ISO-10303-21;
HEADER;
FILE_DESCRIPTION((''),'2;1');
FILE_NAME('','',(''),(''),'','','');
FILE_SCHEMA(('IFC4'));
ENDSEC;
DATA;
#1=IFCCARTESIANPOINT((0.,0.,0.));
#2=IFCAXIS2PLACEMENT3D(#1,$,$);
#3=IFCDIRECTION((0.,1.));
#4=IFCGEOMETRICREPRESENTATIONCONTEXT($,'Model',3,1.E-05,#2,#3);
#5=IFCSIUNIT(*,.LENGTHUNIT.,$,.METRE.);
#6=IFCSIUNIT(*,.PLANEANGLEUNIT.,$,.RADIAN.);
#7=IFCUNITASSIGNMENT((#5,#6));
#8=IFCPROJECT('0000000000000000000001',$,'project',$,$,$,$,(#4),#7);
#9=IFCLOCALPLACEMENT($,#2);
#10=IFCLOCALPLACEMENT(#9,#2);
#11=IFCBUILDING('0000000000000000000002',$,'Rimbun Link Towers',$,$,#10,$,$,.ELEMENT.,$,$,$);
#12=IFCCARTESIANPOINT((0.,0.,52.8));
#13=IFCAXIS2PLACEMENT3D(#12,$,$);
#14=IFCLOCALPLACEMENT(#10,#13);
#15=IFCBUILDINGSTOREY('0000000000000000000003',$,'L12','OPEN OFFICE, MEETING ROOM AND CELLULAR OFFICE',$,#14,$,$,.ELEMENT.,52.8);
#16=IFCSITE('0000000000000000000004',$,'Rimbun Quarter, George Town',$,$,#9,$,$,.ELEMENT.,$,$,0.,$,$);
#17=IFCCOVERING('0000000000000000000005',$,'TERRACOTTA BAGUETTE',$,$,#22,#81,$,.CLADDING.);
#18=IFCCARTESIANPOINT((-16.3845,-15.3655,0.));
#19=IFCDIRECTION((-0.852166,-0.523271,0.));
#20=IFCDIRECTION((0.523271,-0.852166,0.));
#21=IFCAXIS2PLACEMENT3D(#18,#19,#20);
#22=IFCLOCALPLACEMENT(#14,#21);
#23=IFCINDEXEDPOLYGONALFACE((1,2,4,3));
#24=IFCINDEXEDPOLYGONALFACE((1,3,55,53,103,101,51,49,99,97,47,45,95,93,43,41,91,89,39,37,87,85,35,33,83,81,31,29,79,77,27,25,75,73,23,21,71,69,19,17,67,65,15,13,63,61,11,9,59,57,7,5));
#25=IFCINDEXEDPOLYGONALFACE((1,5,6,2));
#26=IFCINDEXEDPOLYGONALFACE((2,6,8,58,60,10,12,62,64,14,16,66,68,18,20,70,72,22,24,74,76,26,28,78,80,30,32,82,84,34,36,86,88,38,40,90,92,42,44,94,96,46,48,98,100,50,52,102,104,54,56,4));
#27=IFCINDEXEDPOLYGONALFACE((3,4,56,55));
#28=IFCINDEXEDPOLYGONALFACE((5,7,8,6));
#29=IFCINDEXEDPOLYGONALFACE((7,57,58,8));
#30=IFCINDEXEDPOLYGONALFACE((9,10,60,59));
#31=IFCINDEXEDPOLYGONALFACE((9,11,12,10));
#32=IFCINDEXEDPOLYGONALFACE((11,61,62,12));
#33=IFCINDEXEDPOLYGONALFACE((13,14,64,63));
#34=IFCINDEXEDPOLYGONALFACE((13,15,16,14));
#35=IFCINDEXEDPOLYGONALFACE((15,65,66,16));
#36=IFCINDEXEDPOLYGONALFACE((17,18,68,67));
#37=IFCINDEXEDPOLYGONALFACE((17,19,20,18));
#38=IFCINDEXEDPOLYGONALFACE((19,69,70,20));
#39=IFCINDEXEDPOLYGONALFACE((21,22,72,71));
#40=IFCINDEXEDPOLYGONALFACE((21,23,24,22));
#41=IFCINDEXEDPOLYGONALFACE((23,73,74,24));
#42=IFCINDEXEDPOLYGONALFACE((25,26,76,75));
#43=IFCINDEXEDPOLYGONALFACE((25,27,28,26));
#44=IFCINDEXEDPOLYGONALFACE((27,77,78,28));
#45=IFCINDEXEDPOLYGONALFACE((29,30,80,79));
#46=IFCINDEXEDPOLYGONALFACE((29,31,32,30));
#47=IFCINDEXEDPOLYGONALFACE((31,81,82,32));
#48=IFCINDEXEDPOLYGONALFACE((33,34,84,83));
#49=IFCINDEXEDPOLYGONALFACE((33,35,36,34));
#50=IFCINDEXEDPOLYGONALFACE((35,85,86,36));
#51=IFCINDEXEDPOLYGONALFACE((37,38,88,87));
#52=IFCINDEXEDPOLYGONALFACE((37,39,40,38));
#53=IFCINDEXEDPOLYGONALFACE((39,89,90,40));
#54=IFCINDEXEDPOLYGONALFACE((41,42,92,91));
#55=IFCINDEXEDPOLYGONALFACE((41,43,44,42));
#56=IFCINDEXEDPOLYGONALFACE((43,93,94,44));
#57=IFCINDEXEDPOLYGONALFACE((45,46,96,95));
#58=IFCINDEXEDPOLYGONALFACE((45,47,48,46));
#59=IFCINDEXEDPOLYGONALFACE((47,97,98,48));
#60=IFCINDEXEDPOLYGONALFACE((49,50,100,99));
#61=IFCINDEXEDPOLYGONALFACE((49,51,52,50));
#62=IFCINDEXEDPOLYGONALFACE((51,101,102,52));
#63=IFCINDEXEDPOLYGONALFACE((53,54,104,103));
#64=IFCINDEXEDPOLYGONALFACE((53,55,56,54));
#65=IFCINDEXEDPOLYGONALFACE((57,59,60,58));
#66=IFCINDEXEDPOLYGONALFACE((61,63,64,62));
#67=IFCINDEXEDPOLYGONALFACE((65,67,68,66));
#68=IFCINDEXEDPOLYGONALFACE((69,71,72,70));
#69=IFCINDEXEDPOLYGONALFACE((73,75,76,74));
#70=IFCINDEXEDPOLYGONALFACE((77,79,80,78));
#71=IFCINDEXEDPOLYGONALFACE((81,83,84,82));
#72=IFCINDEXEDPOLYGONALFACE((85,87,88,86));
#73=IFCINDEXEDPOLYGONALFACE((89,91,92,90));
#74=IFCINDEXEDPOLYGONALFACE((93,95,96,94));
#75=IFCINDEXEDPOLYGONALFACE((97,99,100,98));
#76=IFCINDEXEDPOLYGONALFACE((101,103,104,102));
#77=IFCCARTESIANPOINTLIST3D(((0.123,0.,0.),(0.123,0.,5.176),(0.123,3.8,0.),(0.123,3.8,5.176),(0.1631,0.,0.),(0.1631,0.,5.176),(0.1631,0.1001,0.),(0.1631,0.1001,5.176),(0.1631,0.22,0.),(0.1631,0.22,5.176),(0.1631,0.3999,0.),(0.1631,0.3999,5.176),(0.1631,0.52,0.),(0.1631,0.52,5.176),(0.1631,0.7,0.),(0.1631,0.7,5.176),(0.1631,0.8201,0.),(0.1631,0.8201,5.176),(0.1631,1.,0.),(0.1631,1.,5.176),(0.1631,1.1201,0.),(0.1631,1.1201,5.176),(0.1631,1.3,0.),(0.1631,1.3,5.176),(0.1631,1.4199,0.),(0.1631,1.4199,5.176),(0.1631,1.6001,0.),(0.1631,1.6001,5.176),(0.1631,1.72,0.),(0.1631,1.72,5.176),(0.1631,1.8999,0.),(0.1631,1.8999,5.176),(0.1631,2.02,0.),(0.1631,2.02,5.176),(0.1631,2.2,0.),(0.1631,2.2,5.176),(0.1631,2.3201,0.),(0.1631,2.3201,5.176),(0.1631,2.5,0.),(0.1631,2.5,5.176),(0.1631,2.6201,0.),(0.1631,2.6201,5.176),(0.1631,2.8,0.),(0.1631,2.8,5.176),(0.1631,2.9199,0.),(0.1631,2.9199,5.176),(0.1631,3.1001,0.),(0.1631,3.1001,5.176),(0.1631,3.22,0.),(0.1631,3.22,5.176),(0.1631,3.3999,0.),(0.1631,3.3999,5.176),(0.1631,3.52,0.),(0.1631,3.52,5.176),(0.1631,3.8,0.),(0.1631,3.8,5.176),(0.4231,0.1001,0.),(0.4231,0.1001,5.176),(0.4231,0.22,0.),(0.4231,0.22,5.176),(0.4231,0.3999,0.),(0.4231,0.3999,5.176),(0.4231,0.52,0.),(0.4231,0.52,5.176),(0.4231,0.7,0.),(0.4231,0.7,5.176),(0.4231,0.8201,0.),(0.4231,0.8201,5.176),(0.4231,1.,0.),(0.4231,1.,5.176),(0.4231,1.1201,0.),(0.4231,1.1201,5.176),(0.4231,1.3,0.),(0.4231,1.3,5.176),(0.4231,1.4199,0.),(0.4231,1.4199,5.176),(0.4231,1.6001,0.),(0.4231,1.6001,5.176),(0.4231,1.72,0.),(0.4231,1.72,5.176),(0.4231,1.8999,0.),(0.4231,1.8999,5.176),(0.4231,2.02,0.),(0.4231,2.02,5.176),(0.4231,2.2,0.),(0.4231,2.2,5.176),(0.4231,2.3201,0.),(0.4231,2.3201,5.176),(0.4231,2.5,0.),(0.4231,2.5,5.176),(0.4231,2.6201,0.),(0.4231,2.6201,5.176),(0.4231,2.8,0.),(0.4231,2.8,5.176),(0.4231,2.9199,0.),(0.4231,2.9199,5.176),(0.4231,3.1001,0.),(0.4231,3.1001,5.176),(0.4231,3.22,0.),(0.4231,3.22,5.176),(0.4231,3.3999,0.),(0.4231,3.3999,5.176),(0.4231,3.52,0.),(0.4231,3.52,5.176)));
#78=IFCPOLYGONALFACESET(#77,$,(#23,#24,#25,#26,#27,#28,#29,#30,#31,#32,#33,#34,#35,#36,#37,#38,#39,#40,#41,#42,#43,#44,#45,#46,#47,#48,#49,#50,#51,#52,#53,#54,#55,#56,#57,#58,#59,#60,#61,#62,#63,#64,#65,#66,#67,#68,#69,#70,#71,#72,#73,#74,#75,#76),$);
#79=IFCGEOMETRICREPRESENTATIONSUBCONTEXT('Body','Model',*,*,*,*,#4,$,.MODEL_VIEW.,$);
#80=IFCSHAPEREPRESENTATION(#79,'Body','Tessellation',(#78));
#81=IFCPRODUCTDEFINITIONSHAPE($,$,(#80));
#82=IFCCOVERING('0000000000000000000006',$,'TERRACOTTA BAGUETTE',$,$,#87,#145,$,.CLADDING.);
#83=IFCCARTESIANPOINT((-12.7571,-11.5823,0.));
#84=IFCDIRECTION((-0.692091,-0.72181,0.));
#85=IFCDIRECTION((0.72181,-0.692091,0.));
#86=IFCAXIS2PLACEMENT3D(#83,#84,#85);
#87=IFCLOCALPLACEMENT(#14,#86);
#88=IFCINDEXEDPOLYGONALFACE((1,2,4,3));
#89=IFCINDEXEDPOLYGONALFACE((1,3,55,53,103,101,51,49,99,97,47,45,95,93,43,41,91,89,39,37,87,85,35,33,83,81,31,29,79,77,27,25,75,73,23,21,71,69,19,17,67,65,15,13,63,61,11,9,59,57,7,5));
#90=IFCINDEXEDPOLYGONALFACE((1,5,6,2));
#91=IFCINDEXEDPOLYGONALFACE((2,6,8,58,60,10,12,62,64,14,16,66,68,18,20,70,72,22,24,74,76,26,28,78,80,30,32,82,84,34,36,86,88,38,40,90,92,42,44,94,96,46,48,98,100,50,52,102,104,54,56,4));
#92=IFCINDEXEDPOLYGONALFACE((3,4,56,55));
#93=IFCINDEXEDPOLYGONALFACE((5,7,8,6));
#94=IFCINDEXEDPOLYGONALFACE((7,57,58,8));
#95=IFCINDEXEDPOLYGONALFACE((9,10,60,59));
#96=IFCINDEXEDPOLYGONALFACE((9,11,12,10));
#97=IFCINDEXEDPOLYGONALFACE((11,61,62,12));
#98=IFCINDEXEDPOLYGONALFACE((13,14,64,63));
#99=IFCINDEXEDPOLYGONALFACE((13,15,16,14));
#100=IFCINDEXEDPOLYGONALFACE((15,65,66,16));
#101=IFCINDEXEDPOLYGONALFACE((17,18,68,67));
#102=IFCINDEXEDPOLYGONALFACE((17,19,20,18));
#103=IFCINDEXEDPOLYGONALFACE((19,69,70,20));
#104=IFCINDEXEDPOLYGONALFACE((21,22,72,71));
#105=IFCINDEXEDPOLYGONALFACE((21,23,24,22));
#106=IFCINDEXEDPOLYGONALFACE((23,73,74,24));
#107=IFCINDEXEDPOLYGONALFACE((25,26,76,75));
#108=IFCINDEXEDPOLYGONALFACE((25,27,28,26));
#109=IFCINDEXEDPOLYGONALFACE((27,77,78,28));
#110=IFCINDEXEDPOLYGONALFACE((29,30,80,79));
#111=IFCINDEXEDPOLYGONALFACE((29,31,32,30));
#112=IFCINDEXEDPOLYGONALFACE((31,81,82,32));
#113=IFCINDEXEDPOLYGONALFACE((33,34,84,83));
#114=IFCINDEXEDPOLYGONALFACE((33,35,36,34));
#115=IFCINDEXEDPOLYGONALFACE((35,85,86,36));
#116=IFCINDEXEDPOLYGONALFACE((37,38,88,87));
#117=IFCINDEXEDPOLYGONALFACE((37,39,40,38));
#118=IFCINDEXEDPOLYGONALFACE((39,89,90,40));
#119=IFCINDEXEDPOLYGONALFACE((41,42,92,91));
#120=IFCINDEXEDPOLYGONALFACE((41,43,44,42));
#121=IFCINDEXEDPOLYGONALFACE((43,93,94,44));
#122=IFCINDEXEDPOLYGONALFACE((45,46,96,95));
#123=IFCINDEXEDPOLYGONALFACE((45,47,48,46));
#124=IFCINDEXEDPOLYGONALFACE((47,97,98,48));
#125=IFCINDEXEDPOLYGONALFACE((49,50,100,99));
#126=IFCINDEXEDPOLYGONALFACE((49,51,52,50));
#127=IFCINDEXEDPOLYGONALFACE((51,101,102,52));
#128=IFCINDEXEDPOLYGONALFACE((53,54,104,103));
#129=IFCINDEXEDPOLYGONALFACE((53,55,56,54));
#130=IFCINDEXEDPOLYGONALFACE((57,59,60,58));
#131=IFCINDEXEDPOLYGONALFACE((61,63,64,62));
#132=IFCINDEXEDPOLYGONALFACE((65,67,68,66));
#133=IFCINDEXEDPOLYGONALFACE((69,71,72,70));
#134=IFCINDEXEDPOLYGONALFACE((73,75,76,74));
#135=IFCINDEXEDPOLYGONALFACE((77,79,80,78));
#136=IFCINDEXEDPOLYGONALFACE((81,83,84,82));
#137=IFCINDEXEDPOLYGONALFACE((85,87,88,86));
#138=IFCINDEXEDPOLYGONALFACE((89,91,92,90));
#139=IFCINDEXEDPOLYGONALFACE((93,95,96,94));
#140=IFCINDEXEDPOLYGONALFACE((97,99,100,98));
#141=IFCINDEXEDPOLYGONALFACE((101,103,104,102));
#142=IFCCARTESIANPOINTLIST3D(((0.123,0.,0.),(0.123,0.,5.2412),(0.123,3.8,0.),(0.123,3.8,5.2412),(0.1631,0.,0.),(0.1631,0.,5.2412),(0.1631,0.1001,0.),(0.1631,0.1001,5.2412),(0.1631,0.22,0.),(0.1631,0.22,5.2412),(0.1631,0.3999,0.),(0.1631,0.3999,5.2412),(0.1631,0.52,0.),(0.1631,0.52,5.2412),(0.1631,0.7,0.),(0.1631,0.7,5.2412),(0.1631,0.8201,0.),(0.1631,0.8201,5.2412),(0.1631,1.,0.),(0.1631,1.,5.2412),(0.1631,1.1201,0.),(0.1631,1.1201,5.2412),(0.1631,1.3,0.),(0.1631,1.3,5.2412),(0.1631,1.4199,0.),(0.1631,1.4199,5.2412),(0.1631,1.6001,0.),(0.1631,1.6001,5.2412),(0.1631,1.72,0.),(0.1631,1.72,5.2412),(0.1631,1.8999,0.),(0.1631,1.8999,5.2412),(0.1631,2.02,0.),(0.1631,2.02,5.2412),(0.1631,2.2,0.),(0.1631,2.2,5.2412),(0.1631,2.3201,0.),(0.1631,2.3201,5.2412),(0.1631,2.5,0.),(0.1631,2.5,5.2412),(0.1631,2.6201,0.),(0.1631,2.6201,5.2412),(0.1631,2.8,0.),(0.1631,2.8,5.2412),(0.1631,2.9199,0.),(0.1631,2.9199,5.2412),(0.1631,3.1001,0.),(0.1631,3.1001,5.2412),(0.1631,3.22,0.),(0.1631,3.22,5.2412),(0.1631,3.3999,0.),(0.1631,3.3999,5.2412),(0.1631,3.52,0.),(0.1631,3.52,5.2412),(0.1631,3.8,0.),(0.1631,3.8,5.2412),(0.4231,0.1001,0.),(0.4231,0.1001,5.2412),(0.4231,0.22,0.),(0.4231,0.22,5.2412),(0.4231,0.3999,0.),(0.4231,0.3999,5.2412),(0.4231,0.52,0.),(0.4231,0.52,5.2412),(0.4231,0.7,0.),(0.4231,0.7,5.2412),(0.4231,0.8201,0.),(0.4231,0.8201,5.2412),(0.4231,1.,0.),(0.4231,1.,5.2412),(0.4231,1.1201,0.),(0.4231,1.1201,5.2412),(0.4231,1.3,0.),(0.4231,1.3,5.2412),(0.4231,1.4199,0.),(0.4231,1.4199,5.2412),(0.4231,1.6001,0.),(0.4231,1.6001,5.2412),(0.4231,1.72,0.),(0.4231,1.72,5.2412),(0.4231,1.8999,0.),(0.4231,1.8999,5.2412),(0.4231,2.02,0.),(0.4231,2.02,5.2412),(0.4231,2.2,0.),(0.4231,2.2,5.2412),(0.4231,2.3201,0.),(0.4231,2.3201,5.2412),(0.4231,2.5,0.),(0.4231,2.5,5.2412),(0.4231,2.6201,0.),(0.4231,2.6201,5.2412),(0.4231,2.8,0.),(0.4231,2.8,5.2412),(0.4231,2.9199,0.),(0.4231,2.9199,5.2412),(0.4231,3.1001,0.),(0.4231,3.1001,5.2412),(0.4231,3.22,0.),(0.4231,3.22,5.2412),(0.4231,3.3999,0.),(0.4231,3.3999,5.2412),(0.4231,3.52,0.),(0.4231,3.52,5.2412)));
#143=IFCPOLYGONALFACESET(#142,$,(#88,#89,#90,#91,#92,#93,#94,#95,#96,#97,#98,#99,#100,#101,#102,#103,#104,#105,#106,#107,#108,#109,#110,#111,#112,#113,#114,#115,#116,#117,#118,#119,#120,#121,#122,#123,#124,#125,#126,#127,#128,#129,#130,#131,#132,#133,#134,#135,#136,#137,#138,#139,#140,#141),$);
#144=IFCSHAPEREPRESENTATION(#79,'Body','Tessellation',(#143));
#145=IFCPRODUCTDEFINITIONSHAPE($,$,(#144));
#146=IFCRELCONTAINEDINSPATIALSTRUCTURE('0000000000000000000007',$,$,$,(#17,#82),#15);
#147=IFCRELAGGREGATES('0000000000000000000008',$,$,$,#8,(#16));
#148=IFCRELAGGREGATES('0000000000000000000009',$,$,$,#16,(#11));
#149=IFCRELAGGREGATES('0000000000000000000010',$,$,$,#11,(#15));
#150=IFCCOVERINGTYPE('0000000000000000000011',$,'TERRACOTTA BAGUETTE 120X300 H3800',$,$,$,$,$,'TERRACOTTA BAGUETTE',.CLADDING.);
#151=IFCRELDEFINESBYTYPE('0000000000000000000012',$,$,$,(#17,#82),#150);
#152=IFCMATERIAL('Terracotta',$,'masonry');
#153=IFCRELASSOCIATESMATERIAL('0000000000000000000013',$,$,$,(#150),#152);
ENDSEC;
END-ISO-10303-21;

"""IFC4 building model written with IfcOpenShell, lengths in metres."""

from ifc_helpers import new_model, si_unit, direction, frame, origin, place, context, subcontext, project, spatial, polyline, outline, extrude, material, material_profile, profile_set, type_object, element, save


model = new_model("IFC4")

# Units and contexts
model_context = context("Model", 3, precision=1e-05, world=origin(), true_north=direction((0.0, 1.0)))
body_context = subcontext(model_context, "Body", "Model", "MODEL_VIEW")
ifc_project = project(units=[si_unit("LENGTHUNIT", "METRE"), si_unit("PLANEANGLEUNIT", "RADIAN")], contexts=[model_context])

# Site, building, storey
site_placement = place(None, origin())
site = spatial("IfcSite", under=ifc_project, at=site_placement, Name="Rimbun Quarter, George Town", CompositionType="ELEMENT", RefElevation=0.0)
building_placement = place(site_placement, origin())
building = spatial("IfcBuilding", under=site, at=building_placement, Name="Rimbun Link Towers", CompositionType="ELEMENT")
storey_placement = place(building_placement, frame((0.0, 0.0, 52.8)))
storey = spatial("IfcBuildingStorey", under=building, at=storey_placement, Name="L12", Description="OPEN OFFICE, MEETING ROOM AND CELLULAR OFFICE", CompositionType="ELEMENT", Elevation=52.8)

# Coverings
ifc_material_1 = material(Name="Terracotta", Category="masonry")
ifc_material_profile_1 = material_profile(ifc_material_1, outline(polyline([(0.123, 0.0), (0.1631, 0.0), (0.1631, 0.1001), (0.4231, 0.1001), (0.4231, 0.22), (0.1631, 0.22), (0.1631, 0.3999), (0.4231, 0.3999), (0.4231, 0.52), (0.1631, 0.52), (0.1631, 0.7), (0.4231, 0.7), (0.4231, 0.8201), (0.1631, 0.8201), (0.1631, 1.0), (0.4231, 1.0), (0.4231, 1.1201), (0.1631, 1.1201), (0.1631, 1.3), (0.4231, 1.3), (0.4231, 1.4199), (0.1631, 1.4199), (0.1631, 1.6001), (0.4231, 1.6001), (0.4231, 1.72), (0.1631, 1.72), (0.1631, 1.8999), (0.4231, 1.8999), (0.4231, 2.02), (0.1631, 2.02), (0.1631, 2.2), (0.4231, 2.2), (0.4231, 2.3201), (0.1631, 2.3201), (0.1631, 2.5), (0.4231, 2.5), (0.4231, 2.6201), (0.1631, 2.6201), (0.1631, 2.8), (0.4231, 2.8), (0.4231, 2.9199), (0.1631, 2.9199), (0.1631, 3.1001), (0.4231, 3.1001), (0.4231, 3.22), (0.1631, 3.22), (0.1631, 3.3999), (0.4231, 3.3999), (0.4231, 3.52), (0.1631, 3.52), (0.1631, 3.8), (0.123, 3.8), (0.123, 0.0)])), Name="BAGUETTE 120X300")
ifc_profile_set_1 = profile_set([ifc_material_profile_1], Name="Terracotta")
covering_type = type_object("IfcCoveringType", Name="TERRACOTTA BAGUETTE 120X300 H3800", ElementType="TERRACOTTA BAGUETTE", PredefinedType="CLADDING", material=ifc_profile_set_1)
covering_1_placement = place(storey_placement, frame((-16.3845, -15.3655, 0.0), z_axis=(-0.852166, -0.523271, 0.0), x_axis=(0.523271, -0.852166, 0.0)))
element("IfcCovering", 1, at=covering_1_placement, inside=storey, type_object=covering_type, Name="TERRACOTTA BAGUETTE", PredefinedType="CLADDING", context=body_context, shape_type="SweptSolid", body=[
    extrude(outline(polyline([(0.123, 0.0), (0.1631, 0.0), (0.1631, 0.1001), (0.4231, 0.1001), (0.4231, 0.22), (0.1631, 0.22), (0.1631, 0.3999), (0.4231, 0.3999), (0.4231, 0.52), (0.1631, 0.52), (0.1631, 0.7), (0.4231, 0.7), (0.4231, 0.8201), (0.1631, 0.8201), (0.1631, 1.0), (0.4231, 1.0), (0.4231, 1.1201), (0.1631, 1.1201), (0.1631, 1.3), (0.4231, 1.3), (0.4231, 1.4199), (0.1631, 1.4199), (0.1631, 1.6001), (0.4231, 1.6001), (0.4231, 1.72), (0.1631, 1.72), (0.1631, 1.8999), (0.4231, 1.8999), (0.4231, 2.02), (0.1631, 2.02), (0.1631, 2.2), (0.4231, 2.2), (0.4231, 2.3201), (0.1631, 2.3201), (0.1631, 2.5), (0.4231, 2.5), (0.4231, 2.6201), (0.1631, 2.6201), (0.1631, 2.8), (0.4231, 2.8), (0.4231, 2.9199), (0.1631, 2.9199), (0.1631, 3.1001), (0.4231, 3.1001), (0.4231, 3.22), (0.1631, 3.22), (0.1631, 3.3999), (0.4231, 3.3999), (0.4231, 3.52), (0.1631, 3.52), (0.1631, 3.8), (0.123, 3.8), (0.123, 0.0)])), origin(), (0.0, 0.0, 1.0), 5.176),
])
covering_2_placement = place(storey_placement, frame((-12.7571, -11.5823, 0.0), z_axis=(-0.692091, -0.72181, 0.0), x_axis=(0.72181, -0.692091, 0.0)))
element("IfcCovering", 2, at=covering_2_placement, inside=storey, type_object=covering_type, Name="TERRACOTTA BAGUETTE", PredefinedType="CLADDING", context=body_context, shape_type="SweptSolid", body=[
    extrude(outline(polyline([(0.123, 0.0), (0.1631, 0.0), (0.1631, 0.1001), (0.4231, 0.1001), (0.4231, 0.22), (0.1631, 0.22), (0.1631, 0.3999), (0.4231, 0.3999), (0.4231, 0.52), (0.1631, 0.52), (0.1631, 0.7), (0.4231, 0.7), (0.4231, 0.8201), (0.1631, 0.8201), (0.1631, 1.0), (0.4231, 1.0), (0.4231, 1.1201), (0.1631, 1.1201), (0.1631, 1.3), (0.4231, 1.3), (0.4231, 1.4199), (0.1631, 1.4199), (0.1631, 1.6001), (0.4231, 1.6001), (0.4231, 1.72), (0.1631, 1.72), (0.1631, 1.8999), (0.4231, 1.8999), (0.4231, 2.02), (0.1631, 2.02), (0.1631, 2.2), (0.4231, 2.2), (0.4231, 2.3201), (0.1631, 2.3201), (0.1631, 2.5), (0.4231, 2.5), (0.4231, 2.6201), (0.1631, 2.6201), (0.1631, 2.8), (0.4231, 2.8), (0.4231, 2.9199), (0.1631, 2.9199), (0.1631, 3.1001), (0.4231, 3.1001), (0.4231, 3.22), (0.1631, 3.22), (0.1631, 3.3999), (0.4231, 3.3999), (0.4231, 3.52), (0.1631, 3.52), (0.1631, 3.8), (0.123, 3.8), (0.123, 0.0)])), origin(), (0.0, 0.0, 1.0), 5.2412),
])

save(model, "model.ifc")
